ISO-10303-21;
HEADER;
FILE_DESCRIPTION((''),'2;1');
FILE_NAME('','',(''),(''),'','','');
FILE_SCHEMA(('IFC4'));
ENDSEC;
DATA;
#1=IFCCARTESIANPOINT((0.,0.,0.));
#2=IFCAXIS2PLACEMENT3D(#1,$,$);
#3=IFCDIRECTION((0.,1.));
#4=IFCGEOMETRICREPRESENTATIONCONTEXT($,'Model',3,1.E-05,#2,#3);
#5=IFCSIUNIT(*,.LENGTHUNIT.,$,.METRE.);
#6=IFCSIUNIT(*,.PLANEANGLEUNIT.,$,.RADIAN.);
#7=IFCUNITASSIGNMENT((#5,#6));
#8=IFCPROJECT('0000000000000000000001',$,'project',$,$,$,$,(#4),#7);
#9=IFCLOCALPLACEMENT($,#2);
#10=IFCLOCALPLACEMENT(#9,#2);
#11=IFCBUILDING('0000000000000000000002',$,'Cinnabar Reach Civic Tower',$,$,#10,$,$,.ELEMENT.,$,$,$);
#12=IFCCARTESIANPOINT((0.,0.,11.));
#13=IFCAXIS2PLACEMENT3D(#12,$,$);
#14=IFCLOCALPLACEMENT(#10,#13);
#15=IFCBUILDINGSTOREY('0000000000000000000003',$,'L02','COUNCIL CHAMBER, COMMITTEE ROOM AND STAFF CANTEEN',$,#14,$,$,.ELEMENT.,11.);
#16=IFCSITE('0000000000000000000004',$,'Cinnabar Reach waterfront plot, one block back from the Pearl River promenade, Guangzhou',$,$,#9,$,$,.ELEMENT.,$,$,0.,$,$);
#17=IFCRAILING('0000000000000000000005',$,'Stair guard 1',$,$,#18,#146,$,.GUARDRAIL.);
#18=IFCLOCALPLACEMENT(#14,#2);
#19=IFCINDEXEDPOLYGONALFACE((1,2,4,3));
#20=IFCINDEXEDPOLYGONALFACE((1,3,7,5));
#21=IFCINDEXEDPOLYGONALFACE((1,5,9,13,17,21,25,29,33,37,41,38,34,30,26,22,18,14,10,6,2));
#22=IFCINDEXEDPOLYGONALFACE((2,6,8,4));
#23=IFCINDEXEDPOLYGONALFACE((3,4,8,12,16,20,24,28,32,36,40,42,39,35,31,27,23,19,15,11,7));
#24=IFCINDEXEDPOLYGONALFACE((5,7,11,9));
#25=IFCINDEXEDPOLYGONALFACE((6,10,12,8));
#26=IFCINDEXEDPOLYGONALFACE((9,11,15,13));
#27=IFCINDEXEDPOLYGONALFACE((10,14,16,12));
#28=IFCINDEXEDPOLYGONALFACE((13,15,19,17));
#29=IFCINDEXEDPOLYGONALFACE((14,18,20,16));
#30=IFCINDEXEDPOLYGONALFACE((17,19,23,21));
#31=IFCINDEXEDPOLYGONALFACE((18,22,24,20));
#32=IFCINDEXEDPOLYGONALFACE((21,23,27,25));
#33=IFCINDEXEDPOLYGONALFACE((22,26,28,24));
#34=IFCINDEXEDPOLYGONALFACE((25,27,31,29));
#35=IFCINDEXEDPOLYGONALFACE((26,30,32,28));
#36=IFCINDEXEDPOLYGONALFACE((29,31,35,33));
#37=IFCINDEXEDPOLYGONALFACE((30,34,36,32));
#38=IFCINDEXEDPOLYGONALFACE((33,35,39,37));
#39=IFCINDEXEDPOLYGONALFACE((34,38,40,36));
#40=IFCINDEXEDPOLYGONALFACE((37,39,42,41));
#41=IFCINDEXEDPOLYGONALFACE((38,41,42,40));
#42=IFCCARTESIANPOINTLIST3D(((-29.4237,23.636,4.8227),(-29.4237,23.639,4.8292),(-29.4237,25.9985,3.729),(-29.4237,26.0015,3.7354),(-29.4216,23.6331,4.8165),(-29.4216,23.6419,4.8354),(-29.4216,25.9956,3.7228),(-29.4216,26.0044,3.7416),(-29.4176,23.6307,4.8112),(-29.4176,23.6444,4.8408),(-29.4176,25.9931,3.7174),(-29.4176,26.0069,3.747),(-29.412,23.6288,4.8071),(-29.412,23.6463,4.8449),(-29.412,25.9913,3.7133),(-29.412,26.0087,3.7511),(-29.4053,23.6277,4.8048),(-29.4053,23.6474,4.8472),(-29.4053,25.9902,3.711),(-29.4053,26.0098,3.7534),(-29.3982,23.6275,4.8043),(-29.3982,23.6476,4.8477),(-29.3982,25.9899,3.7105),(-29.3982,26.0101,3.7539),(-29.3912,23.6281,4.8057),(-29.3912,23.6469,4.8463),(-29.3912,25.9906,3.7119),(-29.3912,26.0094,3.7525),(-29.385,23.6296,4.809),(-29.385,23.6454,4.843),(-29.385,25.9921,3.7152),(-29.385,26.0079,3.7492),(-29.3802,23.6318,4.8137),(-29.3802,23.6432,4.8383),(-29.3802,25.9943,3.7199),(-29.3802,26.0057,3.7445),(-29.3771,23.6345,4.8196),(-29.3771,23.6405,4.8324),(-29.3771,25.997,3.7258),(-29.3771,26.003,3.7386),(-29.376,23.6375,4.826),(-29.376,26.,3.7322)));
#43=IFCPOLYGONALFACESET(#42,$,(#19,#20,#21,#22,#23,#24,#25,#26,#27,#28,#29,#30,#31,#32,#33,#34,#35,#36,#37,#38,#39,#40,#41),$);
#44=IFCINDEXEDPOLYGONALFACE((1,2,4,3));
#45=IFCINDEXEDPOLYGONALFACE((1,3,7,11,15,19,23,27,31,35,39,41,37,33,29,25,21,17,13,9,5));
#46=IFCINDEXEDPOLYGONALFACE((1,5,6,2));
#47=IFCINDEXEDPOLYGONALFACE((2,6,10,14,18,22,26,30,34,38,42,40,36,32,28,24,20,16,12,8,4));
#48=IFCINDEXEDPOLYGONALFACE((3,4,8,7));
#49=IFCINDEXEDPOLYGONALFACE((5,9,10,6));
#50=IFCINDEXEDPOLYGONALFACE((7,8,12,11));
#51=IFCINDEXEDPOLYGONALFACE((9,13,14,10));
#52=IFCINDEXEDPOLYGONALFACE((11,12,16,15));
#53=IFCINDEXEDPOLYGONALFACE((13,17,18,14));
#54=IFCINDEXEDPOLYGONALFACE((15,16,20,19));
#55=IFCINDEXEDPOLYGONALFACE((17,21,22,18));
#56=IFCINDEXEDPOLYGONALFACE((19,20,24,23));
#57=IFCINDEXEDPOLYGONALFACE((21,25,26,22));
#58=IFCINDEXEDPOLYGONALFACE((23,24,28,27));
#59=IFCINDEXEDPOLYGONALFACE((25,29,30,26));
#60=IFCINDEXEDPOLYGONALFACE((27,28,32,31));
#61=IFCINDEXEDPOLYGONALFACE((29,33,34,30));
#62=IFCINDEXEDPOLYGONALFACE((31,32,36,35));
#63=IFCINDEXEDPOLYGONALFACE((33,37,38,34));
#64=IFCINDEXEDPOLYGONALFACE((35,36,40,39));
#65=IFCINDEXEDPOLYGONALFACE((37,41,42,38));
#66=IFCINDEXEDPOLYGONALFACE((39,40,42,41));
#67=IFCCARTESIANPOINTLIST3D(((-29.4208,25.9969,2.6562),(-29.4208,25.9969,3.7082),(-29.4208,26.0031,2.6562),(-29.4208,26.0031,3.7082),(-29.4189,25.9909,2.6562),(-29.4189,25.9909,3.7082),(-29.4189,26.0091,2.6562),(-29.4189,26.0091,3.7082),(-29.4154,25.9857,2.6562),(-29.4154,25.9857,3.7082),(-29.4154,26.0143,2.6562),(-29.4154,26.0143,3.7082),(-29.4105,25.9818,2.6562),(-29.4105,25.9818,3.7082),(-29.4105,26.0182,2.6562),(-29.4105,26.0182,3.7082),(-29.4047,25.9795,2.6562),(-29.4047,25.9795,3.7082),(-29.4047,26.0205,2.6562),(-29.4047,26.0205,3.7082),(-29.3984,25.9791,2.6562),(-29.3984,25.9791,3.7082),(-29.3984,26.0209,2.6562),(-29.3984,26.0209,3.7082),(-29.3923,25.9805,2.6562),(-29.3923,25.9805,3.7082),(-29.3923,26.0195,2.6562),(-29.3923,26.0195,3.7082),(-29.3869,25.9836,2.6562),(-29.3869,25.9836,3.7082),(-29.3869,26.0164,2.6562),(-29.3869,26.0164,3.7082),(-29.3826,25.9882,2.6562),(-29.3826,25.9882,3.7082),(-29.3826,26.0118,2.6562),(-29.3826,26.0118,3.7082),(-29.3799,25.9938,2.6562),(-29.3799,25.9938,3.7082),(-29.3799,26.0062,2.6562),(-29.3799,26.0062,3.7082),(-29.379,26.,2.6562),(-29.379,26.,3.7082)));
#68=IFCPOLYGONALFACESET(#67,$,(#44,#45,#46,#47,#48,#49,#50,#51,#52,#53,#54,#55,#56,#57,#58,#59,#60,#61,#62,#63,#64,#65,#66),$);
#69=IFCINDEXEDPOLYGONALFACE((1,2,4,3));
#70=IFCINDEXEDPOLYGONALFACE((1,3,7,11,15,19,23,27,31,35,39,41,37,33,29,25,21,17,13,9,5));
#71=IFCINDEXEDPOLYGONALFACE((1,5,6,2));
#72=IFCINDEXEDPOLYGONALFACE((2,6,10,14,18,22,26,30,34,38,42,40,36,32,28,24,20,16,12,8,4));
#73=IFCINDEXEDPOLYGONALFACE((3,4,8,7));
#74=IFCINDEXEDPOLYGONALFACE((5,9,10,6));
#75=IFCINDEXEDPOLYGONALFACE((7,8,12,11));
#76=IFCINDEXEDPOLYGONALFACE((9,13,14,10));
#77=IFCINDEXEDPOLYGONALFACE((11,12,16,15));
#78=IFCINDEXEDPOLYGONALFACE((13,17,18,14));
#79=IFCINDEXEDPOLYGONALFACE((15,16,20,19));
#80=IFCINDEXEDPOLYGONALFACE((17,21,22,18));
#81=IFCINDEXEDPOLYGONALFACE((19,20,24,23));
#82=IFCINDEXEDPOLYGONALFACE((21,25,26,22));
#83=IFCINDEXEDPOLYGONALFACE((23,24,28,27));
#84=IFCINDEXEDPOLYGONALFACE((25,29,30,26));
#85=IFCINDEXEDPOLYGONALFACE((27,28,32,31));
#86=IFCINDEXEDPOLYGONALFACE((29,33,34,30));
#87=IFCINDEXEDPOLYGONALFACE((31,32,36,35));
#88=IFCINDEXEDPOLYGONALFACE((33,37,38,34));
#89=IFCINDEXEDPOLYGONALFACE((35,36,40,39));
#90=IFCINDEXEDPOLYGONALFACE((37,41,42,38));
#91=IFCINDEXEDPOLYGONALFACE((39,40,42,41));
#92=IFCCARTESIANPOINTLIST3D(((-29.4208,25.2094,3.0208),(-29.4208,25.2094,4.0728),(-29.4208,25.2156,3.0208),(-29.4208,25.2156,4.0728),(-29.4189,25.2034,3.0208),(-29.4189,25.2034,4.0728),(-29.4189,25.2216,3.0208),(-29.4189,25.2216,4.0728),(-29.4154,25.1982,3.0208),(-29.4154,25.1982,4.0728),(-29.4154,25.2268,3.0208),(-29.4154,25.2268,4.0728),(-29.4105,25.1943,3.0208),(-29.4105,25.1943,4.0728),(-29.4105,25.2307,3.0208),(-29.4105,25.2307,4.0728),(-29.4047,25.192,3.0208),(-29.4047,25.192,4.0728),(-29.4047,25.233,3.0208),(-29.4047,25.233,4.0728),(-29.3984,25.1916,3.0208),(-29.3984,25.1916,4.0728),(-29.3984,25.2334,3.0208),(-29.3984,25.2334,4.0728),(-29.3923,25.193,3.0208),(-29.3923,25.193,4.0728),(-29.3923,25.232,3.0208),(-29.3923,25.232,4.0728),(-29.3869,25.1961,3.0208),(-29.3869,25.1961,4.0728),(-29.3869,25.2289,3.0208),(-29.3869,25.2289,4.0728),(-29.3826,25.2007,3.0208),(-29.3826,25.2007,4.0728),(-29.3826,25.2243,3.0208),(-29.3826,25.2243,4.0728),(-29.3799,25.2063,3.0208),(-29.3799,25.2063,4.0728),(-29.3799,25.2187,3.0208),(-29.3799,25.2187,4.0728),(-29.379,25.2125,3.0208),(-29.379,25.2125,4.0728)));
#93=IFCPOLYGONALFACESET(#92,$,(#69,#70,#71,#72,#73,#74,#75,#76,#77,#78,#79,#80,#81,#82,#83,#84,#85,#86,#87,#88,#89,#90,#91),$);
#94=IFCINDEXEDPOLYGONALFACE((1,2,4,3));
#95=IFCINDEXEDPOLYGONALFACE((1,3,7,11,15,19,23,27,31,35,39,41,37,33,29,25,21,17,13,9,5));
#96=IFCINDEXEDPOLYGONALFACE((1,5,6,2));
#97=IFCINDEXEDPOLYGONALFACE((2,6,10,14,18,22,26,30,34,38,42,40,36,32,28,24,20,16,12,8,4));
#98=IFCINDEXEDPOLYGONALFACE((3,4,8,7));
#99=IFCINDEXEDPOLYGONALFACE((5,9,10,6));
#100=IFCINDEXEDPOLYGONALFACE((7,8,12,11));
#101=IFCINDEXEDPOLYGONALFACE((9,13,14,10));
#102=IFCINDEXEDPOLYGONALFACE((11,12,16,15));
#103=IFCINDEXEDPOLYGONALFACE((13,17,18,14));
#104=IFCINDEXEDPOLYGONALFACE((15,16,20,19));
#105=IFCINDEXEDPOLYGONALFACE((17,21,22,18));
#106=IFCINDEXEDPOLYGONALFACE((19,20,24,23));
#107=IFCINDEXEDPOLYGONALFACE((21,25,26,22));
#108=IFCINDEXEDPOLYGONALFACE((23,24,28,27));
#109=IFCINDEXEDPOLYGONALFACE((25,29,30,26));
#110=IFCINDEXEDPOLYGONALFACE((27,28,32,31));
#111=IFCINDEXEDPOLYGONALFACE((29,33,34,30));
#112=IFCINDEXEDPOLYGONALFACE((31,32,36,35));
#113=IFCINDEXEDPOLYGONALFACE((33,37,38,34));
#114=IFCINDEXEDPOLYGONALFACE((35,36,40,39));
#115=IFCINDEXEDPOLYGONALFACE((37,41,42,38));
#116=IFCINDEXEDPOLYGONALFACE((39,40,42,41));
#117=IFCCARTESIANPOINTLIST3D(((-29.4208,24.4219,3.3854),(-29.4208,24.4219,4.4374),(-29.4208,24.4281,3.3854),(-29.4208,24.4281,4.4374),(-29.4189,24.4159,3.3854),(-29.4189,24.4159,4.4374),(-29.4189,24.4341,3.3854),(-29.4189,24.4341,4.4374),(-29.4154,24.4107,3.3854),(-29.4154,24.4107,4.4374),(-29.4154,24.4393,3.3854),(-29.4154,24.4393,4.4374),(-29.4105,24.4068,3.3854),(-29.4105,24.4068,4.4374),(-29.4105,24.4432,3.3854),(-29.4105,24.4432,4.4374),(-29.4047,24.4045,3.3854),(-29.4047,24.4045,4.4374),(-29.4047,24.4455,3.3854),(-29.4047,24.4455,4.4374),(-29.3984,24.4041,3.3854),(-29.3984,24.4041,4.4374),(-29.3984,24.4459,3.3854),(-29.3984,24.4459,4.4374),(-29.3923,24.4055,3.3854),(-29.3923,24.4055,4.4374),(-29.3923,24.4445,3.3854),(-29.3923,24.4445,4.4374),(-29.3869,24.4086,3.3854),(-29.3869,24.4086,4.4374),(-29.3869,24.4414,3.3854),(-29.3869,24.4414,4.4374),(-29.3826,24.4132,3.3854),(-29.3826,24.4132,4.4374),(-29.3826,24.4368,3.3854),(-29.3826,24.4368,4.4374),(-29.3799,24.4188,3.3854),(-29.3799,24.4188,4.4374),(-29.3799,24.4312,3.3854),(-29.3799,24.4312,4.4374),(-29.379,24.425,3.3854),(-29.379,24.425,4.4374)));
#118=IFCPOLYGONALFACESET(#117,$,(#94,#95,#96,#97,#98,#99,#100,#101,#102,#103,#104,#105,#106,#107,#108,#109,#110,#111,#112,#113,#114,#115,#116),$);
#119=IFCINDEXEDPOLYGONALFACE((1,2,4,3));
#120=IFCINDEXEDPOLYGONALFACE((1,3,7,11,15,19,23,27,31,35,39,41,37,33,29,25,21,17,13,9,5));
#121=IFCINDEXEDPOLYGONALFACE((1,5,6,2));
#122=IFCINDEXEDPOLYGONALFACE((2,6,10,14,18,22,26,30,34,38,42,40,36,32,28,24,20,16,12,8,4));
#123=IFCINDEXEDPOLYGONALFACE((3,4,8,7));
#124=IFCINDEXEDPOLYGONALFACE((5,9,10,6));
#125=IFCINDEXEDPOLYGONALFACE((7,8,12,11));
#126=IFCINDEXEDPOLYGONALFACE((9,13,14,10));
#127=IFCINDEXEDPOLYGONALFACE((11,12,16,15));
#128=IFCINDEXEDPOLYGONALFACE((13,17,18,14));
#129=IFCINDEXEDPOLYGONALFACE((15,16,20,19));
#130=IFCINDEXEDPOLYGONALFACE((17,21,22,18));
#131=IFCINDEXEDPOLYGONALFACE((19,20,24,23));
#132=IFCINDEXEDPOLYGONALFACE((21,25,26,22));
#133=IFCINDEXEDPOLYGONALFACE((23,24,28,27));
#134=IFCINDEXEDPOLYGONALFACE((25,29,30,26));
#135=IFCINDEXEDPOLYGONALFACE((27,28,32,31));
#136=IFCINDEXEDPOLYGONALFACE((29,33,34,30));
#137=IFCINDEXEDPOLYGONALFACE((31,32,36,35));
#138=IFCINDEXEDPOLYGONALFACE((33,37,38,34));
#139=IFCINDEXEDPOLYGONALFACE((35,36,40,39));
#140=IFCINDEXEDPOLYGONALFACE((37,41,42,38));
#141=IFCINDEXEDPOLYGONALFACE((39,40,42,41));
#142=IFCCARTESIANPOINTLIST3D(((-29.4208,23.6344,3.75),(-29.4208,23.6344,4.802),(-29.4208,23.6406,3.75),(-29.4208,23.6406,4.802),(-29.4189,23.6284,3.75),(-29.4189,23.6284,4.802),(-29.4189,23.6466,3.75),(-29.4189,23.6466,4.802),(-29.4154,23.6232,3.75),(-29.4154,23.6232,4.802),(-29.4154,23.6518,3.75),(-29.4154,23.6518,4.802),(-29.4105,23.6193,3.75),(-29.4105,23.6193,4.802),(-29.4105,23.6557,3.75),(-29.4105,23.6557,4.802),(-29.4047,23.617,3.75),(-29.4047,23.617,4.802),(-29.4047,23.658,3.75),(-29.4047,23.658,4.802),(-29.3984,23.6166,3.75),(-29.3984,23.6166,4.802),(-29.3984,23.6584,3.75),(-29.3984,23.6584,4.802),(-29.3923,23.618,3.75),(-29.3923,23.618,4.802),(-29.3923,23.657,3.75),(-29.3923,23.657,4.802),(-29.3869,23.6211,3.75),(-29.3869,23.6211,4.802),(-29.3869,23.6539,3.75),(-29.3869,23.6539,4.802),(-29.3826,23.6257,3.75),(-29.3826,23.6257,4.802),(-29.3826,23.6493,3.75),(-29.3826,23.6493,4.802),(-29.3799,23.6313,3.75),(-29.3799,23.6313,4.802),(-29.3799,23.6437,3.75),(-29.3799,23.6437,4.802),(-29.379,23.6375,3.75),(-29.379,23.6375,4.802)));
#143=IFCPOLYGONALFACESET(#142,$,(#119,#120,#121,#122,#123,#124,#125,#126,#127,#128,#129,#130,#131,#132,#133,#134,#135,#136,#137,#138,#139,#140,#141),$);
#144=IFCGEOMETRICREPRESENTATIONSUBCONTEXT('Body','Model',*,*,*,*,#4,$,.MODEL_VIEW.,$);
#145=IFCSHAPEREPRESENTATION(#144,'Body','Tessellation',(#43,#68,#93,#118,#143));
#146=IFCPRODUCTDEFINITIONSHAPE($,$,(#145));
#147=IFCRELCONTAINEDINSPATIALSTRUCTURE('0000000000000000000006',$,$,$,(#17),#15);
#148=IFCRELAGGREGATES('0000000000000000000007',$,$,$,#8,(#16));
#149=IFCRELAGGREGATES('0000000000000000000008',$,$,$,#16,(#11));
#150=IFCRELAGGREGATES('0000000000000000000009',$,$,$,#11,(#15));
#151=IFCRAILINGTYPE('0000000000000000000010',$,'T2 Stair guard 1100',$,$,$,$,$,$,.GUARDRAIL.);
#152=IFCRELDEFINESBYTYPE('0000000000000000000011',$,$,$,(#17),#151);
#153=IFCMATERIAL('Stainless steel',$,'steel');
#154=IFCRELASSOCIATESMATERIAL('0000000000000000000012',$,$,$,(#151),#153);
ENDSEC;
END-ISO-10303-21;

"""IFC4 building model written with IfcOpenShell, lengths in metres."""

from ifc_helpers import new_model, si_unit, direction, frame, origin, origin_2d, place, context, subcontext, project, spatial, circle, extrude, material, type_object, element, save


model = new_model("IFC4")

# Units and contexts
model_context = context("Model", 3, precision=1e-05, world=origin(), true_north=direction((0.0, 1.0)))
body_context = subcontext(model_context, "Body", "Model", "MODEL_VIEW")
ifc_project = project(units=[si_unit("LENGTHUNIT", "METRE"), si_unit("PLANEANGLEUNIT", "RADIAN")], contexts=[model_context])

# Site, building, storey
site_placement = place(None, origin())
site = spatial("IfcSite", under=ifc_project, at=site_placement, Name="Cinnabar Reach waterfront plot, one block back from the Pearl River promenade, Guangzhou", CompositionType="ELEMENT", RefElevation=0.0)
building_placement = place(site_placement, origin())
building = spatial("IfcBuilding", under=site, at=building_placement, Name="Cinnabar Reach Civic Tower", CompositionType="ELEMENT")
storey_placement = place(building_placement, frame((0.0, 0.0, 11.0)))
storey = spatial("IfcBuildingStorey", under=building, at=storey_placement, Name="L02", Description="COUNCIL CHAMBER, COMMITTEE ROOM AND STAFF CANTEEN", CompositionType="ELEMENT", Elevation=11.0)

# Railing
ifc_material_1 = material(Name="Stainless steel", Category="steel")
railing_type = type_object("IfcRailingType", Name="T2 Stair guard 1100", PredefinedType="GUARDRAIL", material=ifc_material_1)
railing_1_placement = place(storey_placement, frame((-29.4, 26.0, 2.6562)))
element("IfcRailing", 1, at=railing_1_placement, inside=storey, type_object=railing_type, Name="Stair guard 1", PredefinedType="GUARDRAIL", context=body_context, shape_type="SweptSolid", body=[
    extrude(circle(Radius=0.024, at=origin_2d()), frame((0.0, 0.0, 1.076), z_axis=(0.0, -0.90746, 0.420139), x_axis=(1.0, 0.0, 0.0)), (0.0, 0.0, 1.0), 2.6034),
    extrude(circle(Radius=0.021, at=origin_2d()), origin(), (0.0, 0.0, 1.0), 1.052),
    extrude(circle(Radius=0.021, at=origin_2d()), frame((0.0, -0.7875, 0.3646)), (0.0, 0.0, 1.0), 1.052),
    extrude(circle(Radius=0.021, at=origin_2d()), frame((0.0, -1.575, 0.7292)), (0.0, 0.0, 1.0), 1.052),
    extrude(circle(Radius=0.021, at=origin_2d()), frame((0.0, -2.3625, 1.0938)), (0.0, 0.0, 1.0), 1.052),
])

save(model, "model.ifc")
